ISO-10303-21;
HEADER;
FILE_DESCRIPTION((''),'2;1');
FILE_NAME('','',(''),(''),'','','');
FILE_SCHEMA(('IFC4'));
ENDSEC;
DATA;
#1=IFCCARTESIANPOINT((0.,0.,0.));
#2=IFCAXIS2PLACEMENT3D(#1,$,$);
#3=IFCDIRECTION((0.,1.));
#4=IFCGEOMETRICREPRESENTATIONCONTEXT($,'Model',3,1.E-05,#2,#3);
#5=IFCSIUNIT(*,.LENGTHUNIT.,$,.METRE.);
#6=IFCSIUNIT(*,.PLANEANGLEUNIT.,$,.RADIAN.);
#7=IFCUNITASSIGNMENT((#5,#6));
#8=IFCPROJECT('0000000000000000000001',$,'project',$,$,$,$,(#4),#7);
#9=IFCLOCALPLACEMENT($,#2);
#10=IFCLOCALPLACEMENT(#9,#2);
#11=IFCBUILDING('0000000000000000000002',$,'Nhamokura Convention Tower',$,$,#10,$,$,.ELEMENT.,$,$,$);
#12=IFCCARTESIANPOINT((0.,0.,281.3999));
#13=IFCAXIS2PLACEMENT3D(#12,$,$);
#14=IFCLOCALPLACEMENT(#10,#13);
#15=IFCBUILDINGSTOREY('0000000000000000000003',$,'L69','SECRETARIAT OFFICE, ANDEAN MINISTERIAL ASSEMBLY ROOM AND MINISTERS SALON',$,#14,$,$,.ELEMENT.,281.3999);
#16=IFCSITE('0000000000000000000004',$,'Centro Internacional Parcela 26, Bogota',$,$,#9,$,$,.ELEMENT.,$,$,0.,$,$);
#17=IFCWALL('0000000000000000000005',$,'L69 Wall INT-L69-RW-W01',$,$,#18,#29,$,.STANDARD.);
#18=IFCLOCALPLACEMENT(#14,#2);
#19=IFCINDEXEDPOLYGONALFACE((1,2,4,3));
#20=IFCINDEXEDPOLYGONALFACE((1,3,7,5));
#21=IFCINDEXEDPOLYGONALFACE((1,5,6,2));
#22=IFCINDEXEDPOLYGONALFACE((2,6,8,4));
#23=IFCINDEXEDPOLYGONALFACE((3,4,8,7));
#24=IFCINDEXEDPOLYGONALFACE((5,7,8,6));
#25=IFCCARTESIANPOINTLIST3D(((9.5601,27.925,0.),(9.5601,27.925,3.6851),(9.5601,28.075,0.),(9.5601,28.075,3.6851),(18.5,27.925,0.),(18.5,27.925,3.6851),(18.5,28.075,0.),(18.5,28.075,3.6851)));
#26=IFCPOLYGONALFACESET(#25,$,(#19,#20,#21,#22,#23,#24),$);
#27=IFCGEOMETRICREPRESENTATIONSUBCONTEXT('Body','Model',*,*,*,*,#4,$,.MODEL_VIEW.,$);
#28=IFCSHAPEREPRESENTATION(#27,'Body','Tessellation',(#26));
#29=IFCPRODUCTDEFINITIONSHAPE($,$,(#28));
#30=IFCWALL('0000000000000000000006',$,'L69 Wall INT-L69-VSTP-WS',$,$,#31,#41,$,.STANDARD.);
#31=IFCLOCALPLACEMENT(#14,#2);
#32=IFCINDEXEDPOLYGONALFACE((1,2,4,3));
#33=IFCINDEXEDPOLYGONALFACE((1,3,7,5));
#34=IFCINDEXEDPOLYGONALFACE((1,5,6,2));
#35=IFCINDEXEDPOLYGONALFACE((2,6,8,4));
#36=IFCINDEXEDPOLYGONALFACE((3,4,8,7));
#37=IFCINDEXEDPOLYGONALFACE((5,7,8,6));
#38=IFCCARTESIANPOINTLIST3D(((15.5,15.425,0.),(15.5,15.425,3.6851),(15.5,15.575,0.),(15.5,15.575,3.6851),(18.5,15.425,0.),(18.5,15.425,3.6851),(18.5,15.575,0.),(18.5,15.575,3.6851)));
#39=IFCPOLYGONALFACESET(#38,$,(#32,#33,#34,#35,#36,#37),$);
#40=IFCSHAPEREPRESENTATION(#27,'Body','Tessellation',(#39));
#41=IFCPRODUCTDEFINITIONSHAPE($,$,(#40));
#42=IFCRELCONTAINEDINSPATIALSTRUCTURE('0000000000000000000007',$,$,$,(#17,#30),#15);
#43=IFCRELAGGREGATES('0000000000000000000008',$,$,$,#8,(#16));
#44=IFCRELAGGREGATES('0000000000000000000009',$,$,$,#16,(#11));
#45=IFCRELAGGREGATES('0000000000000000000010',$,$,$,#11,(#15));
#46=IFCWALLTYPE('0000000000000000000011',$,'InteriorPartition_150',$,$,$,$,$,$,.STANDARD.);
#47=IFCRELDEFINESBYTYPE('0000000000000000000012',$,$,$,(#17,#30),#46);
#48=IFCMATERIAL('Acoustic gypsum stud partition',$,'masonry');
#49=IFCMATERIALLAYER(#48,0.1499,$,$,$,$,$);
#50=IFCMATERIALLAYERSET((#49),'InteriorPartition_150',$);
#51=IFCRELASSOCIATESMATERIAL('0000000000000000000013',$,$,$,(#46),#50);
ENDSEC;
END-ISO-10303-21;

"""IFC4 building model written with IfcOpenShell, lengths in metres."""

from ifc_helpers import new_model, si_unit, direction, frame, frame_2d, origin, place, context, subcontext, project, spatial, rectangle, extrude, material, layer, layer_set, type_object, element, save


model = new_model("IFC4")

# Units and contexts
model_context = context("Model", 3, precision=1e-05, world=origin(), true_north=direction((0.0, 1.0)))
body_context = subcontext(model_context, "Body", "Model", "MODEL_VIEW")
ifc_project = project(units=[si_unit("LENGTHUNIT", "METRE"), si_unit("PLANEANGLEUNIT", "RADIAN")], contexts=[model_context])

# Site, building, storey
site_placement = place(None, origin())
site = spatial("IfcSite", under=ifc_project, at=site_placement, Name="Centro Internacional Parcela 26, Bogota", CompositionType="ELEMENT", RefElevation=0.0)
building_placement = place(site_placement, origin())
building = spatial("IfcBuilding", under=site, at=building_placement, Name="Nhamokura Convention Tower", CompositionType="ELEMENT")
storey_placement = place(building_placement, frame((0.0, 0.0, 281.3999)))
storey = spatial("IfcBuildingStorey", under=building, at=storey_placement, Name="L69", Description="SECRETARIAT OFFICE, ANDEAN MINISTERIAL ASSEMBLY ROOM AND MINISTERS SALON", CompositionType="ELEMENT", Elevation=281.3999)

# Walls
ifc_material_1 = material(Name="Acoustic gypsum stud partition", Category="masonry")
ifc_layer_1 = layer(ifc_material_1, 0.1499)
ifc_layer_set_1 = layer_set([ifc_layer_1], Name="InteriorPartition_150")
wall_type_1 = type_object("IfcWallType", Name="InteriorPartition_150", PredefinedType="STANDARD", material=ifc_layer_set_1)
wall_1_placement = place(storey_placement, frame((9.5601, 28.0, 0.0), z_axis=(0.0, 0.0, 1.0), x_axis=(1.0, 0.0, 0.0)))
element("IfcWall", 1, at=wall_1_placement, inside=storey, type_object=wall_type_1, Name="L69 Wall INT-L69-RW-W01", PredefinedType="STANDARD", context=body_context, shape_type="SweptSolid", body=[
    extrude(rectangle(XDim=8.9399, YDim=0.1499, at=frame_2d((4.47, 0.0))), origin(), (0.0, 0.0, 1.0), 3.6851),
])
wall_2_placement = place(storey_placement, frame((15.5, 15.5, 0.0), z_axis=(0.0, 0.0, 1.0), x_axis=(1.0, 0.0, 0.0)))
element("IfcWall", 2, at=wall_2_placement, inside=storey, type_object=wall_type_1, Name="L69 Wall INT-L69-VSTP-WS", PredefinedType="STANDARD", context=body_context, shape_type="SweptSolid", body=[
    extrude(rectangle(XDim=3.0, YDim=0.1499, at=frame_2d((1.5, 0.0))), origin(), (0.0, 0.0, 1.0), 3.6851),
])

save(model, "model.ifc")
